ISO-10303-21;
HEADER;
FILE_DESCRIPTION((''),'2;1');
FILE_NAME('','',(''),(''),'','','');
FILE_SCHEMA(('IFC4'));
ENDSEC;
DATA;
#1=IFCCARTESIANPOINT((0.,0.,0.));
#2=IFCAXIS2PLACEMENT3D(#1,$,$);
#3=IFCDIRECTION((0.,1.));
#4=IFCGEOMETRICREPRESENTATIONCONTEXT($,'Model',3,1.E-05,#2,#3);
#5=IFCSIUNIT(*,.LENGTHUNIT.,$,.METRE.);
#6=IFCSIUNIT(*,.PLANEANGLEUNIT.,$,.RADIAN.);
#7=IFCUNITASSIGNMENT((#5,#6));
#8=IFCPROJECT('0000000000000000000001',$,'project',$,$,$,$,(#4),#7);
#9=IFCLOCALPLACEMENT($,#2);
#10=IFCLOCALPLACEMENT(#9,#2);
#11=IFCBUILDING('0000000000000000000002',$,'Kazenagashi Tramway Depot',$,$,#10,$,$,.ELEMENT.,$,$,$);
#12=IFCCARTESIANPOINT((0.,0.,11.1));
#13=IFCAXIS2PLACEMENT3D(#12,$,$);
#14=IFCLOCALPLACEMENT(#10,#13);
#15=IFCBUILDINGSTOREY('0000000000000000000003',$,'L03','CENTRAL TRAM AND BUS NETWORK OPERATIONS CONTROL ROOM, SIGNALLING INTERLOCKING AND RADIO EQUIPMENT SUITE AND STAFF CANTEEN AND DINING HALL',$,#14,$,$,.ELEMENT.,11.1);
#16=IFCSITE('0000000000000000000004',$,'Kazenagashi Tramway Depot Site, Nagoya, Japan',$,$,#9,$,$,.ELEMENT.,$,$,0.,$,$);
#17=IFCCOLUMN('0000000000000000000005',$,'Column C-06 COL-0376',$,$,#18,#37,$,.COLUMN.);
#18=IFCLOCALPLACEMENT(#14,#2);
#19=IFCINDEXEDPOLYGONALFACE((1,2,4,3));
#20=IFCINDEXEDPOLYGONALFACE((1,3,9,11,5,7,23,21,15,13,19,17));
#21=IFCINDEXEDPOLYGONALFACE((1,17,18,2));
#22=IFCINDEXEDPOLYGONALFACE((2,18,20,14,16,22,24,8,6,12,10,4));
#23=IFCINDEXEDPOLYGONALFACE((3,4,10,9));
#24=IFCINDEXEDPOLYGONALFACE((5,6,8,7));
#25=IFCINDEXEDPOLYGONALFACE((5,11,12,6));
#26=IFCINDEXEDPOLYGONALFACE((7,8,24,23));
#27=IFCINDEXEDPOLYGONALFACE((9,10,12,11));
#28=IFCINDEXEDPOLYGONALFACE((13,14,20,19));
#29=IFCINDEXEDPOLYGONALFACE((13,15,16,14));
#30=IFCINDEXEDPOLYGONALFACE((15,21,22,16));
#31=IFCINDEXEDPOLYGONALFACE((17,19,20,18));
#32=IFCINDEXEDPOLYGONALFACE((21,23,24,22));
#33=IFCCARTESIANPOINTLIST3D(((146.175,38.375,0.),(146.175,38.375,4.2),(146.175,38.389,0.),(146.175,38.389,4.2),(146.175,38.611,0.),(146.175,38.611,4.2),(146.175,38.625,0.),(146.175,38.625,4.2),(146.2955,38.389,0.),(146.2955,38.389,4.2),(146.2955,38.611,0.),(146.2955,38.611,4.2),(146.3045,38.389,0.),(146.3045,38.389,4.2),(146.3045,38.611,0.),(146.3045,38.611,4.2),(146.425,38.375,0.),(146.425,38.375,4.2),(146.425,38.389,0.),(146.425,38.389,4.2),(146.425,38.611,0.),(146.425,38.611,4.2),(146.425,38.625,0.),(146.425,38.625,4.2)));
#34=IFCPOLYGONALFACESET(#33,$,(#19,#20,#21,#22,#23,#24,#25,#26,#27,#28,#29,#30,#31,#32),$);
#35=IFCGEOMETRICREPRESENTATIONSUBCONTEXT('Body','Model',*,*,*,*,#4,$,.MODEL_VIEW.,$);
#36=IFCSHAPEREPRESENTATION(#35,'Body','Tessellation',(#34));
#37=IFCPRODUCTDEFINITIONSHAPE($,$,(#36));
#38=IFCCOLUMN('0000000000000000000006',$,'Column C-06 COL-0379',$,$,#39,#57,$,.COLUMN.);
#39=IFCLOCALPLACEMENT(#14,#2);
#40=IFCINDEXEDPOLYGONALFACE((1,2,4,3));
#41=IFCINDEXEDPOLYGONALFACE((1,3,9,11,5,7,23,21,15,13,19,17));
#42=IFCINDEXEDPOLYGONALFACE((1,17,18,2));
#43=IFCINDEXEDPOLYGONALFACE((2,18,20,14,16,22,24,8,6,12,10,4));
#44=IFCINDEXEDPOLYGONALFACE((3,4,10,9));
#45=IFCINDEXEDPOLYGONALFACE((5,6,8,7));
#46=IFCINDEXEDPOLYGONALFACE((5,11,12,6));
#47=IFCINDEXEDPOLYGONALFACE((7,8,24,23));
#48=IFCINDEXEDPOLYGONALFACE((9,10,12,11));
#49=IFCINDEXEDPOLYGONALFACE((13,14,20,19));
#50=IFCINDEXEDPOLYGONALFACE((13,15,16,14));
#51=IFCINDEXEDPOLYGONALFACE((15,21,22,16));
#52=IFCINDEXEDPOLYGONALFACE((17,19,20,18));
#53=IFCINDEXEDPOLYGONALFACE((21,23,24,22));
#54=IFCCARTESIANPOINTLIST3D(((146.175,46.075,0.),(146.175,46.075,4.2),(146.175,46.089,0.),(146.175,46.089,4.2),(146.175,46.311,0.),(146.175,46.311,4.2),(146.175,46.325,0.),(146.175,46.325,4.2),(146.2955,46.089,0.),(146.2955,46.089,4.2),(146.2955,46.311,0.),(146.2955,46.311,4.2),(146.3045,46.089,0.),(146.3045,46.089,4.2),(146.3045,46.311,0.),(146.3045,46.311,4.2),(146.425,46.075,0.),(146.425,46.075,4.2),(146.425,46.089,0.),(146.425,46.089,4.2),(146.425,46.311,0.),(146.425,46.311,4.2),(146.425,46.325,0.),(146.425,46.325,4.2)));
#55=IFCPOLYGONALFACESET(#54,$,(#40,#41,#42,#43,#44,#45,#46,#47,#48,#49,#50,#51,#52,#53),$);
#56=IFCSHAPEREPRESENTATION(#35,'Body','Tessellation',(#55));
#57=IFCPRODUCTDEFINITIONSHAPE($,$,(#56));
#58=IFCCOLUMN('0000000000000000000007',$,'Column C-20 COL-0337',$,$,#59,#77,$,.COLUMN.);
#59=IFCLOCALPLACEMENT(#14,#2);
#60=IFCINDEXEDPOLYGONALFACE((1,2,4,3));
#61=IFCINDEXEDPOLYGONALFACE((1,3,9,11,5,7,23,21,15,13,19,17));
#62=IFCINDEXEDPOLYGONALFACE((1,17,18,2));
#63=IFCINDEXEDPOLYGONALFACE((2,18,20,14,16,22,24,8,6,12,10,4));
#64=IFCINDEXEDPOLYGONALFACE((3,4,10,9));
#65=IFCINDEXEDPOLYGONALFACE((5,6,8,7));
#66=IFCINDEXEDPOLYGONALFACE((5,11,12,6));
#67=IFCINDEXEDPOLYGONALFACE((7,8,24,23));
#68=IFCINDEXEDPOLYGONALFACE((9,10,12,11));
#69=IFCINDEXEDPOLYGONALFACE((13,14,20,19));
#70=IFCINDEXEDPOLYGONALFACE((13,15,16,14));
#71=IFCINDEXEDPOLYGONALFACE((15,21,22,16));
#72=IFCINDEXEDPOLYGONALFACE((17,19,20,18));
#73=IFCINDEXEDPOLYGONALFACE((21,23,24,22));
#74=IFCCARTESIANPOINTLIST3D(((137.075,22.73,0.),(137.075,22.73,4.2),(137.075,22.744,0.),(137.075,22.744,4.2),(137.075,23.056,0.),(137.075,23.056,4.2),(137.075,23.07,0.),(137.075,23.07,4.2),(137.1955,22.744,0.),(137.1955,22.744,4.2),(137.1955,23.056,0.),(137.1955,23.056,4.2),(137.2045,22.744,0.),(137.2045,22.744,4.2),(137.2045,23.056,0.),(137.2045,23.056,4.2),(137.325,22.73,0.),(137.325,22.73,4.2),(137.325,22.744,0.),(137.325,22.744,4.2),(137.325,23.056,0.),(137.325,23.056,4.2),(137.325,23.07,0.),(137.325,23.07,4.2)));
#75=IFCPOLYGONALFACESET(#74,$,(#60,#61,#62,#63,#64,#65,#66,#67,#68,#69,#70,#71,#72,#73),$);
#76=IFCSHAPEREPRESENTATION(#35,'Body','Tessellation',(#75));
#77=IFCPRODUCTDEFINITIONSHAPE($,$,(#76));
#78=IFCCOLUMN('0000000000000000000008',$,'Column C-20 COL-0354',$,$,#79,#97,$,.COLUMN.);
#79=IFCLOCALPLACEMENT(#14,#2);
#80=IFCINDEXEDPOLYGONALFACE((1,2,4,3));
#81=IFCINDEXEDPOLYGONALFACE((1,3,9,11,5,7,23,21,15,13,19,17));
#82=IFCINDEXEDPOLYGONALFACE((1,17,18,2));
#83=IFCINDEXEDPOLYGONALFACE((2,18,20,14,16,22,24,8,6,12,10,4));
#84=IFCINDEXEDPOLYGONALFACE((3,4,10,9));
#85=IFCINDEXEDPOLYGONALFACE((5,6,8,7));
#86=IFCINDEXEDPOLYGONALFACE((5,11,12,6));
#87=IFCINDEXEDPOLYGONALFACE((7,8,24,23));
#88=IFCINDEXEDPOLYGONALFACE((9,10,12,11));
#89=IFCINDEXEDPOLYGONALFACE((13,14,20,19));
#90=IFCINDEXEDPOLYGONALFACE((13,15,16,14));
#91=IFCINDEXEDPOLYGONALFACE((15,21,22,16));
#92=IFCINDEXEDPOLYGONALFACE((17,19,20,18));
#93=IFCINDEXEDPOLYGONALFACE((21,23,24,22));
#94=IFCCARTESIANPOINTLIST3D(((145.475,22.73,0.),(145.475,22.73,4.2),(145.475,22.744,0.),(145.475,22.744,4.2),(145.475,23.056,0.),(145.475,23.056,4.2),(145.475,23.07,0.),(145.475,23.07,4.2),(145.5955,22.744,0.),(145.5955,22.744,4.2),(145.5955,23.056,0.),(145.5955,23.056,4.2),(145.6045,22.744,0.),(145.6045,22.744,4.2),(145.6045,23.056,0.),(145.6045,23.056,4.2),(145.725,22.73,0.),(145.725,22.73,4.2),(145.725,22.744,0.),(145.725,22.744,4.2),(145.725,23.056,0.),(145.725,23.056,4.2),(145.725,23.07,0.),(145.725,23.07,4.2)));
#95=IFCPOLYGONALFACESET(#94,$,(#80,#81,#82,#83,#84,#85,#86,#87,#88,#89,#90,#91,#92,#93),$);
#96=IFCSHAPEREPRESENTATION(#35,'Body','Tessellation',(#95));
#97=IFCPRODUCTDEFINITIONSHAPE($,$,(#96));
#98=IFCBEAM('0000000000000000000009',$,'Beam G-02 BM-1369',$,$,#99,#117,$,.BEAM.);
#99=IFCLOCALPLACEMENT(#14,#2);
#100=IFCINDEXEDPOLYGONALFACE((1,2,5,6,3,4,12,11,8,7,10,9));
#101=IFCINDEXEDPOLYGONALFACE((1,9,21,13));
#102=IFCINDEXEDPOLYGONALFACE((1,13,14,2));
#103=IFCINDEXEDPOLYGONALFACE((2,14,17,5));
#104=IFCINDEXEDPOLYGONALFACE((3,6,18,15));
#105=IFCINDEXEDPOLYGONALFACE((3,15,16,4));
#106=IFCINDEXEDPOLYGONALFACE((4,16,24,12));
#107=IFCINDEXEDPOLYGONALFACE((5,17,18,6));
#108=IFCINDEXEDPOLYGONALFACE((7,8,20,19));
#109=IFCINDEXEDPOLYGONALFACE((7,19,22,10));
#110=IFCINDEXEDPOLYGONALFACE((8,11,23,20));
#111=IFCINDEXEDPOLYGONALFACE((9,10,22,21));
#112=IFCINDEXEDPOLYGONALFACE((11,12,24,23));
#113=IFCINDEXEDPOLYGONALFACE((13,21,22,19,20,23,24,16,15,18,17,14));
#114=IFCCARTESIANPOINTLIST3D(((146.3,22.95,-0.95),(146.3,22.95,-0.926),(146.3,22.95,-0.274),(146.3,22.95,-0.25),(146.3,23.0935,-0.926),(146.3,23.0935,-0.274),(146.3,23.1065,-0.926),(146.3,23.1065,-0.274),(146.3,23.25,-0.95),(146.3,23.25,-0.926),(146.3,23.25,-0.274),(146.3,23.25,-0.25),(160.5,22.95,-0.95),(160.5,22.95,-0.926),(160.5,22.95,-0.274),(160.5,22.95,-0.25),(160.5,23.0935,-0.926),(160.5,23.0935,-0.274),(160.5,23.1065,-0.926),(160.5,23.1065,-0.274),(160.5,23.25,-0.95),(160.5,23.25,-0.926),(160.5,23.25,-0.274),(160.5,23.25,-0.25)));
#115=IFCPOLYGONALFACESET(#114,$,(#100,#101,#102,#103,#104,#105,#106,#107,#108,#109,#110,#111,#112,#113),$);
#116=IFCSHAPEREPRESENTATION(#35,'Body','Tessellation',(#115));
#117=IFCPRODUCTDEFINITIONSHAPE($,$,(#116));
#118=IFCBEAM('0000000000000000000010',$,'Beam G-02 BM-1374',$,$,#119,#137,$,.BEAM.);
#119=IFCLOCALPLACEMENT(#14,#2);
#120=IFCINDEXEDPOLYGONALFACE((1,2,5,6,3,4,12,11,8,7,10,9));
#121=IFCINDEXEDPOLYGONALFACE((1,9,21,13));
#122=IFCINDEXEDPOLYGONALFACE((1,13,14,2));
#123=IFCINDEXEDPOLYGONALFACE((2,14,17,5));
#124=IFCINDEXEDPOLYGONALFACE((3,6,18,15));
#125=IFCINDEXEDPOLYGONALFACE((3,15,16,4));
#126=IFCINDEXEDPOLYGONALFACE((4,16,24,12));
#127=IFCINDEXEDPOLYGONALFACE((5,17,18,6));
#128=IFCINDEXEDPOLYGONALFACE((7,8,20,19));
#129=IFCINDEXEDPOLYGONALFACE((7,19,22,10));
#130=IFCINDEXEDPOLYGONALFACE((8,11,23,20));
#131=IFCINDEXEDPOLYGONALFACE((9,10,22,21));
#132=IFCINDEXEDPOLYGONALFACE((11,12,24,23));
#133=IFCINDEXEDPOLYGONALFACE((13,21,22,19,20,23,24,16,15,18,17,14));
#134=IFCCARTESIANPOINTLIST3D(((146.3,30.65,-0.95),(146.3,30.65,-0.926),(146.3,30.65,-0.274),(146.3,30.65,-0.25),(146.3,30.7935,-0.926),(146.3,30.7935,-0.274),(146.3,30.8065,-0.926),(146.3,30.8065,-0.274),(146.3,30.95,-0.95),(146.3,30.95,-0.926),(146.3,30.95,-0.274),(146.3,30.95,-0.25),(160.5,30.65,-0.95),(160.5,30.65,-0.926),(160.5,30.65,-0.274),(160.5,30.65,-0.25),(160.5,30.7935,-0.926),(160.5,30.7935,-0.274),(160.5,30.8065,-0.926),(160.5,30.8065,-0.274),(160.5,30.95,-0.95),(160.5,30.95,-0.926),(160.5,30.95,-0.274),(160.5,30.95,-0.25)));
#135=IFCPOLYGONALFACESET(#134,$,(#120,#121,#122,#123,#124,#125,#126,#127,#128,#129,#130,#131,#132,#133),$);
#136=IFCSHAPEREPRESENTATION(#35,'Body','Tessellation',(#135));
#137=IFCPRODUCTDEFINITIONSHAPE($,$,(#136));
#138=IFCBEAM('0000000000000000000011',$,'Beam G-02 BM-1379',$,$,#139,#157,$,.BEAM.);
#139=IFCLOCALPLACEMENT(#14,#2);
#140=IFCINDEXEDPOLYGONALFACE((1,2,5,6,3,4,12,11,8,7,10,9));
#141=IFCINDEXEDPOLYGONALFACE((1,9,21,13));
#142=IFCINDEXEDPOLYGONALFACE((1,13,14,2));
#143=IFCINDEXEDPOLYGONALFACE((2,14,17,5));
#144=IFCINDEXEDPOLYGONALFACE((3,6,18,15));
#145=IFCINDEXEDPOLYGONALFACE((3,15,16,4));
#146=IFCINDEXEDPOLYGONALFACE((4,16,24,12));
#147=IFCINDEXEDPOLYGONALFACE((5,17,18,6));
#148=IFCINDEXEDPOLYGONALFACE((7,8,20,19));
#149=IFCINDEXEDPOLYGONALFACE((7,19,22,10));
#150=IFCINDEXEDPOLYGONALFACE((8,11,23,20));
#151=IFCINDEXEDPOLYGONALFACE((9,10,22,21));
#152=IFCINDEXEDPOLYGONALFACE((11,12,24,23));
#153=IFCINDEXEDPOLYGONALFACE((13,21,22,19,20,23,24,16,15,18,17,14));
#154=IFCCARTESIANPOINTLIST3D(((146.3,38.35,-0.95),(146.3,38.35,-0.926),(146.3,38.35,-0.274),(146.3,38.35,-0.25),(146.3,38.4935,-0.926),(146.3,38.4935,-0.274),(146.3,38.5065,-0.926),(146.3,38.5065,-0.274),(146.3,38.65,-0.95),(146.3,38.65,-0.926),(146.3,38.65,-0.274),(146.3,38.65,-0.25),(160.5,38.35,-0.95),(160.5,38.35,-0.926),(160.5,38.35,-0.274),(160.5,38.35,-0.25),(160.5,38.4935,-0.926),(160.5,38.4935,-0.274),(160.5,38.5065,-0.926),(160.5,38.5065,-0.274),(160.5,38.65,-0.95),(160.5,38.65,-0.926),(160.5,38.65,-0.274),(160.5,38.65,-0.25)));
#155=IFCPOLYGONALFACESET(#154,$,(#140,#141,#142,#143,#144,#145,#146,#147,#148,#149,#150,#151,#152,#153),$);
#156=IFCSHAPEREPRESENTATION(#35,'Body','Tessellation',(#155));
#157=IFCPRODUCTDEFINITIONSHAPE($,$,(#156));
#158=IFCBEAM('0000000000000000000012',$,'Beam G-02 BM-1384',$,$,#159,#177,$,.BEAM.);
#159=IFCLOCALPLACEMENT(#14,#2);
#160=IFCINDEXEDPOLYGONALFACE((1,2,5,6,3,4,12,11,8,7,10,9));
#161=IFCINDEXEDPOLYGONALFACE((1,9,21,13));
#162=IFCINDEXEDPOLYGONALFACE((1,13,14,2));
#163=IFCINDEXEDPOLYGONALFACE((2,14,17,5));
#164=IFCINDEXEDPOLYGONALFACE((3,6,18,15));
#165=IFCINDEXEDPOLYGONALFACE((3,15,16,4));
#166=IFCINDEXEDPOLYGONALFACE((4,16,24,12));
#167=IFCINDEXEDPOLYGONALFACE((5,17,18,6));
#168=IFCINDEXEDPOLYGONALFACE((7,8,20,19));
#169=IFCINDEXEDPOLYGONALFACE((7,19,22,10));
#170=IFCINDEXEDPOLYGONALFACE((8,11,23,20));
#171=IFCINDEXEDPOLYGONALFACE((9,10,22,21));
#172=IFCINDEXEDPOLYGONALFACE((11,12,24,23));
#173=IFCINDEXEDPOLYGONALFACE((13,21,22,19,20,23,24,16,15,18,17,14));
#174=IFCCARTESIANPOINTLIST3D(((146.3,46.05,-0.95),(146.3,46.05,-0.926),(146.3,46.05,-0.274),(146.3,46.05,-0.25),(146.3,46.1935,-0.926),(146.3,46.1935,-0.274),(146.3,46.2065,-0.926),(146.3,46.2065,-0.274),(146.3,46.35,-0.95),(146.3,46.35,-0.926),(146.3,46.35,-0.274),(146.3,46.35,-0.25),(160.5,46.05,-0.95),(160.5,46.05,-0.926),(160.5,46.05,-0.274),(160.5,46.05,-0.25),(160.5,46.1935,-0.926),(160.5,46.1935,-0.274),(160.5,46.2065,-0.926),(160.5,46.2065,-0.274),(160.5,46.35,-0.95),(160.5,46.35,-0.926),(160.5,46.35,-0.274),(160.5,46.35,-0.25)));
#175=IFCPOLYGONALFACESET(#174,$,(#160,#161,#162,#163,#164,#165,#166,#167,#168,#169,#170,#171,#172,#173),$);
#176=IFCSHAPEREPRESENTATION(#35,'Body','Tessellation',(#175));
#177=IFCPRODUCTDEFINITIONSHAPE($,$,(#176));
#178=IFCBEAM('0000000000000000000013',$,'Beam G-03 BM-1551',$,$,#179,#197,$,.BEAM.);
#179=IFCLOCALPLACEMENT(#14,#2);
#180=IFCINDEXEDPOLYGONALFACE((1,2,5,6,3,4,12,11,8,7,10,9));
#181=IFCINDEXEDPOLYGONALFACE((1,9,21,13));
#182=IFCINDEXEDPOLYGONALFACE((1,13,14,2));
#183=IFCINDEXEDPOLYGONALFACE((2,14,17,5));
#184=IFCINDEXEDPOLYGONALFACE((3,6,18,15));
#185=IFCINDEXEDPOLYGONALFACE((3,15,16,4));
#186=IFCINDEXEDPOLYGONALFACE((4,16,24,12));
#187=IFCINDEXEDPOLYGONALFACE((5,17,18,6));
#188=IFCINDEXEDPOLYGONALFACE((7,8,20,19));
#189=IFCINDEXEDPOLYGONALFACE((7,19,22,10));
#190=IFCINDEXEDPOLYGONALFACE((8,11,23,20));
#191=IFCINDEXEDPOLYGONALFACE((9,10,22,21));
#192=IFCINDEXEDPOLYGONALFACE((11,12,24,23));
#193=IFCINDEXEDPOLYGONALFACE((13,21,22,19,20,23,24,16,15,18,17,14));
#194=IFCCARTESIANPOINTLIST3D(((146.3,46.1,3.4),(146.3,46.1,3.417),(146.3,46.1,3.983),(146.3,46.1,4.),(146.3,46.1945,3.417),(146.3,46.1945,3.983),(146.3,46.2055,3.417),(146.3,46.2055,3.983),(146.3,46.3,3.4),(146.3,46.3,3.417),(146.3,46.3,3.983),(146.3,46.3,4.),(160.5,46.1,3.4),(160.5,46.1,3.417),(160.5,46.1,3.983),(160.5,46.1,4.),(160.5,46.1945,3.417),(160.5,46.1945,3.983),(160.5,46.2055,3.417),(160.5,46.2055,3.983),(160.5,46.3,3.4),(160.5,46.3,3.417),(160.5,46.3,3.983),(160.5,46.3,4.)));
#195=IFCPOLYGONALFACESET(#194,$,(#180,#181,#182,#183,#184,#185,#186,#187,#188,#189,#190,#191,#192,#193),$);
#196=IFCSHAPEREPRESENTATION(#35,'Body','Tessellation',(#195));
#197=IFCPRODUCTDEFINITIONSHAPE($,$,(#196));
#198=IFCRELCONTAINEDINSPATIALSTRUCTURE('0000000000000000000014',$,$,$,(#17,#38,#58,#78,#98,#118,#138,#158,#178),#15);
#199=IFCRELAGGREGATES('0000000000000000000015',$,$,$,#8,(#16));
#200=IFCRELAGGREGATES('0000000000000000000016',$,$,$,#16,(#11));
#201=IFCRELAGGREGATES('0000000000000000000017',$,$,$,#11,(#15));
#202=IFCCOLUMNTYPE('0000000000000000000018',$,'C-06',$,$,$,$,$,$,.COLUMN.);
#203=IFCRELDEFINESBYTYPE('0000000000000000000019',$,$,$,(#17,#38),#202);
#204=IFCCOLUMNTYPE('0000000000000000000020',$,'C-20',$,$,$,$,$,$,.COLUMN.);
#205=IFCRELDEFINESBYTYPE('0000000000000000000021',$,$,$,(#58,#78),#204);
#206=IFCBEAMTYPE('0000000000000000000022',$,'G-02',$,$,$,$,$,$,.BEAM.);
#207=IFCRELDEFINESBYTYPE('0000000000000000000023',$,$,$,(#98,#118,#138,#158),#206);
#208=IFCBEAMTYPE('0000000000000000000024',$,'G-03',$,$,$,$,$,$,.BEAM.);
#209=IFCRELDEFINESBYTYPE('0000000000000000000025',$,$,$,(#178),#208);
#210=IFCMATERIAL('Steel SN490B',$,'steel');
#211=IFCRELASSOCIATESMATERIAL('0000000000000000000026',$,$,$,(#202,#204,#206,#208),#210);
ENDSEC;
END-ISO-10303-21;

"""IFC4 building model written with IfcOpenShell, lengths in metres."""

from ifc_helpers import new_model, si_unit, direction, frame, origin, origin_2d, place, context, subcontext, project, spatial, i_section, extrude, material, material_profile, profile_set, type_object, element, save


model = new_model("IFC4")

# Units and contexts
model_context = context("Model", 3, precision=1e-05, world=origin(), true_north=direction((0.0, 1.0)))
body_context = subcontext(model_context, "Body", "Model", "MODEL_VIEW")
ifc_project = project(units=[si_unit("LENGTHUNIT", "METRE"), si_unit("PLANEANGLEUNIT", "RADIAN")], contexts=[model_context])

# Site, building, storey
site_placement = place(None, origin())
site = spatial("IfcSite", under=ifc_project, at=site_placement, Name="Kazenagashi Tramway Depot Site, Nagoya, Japan", CompositionType="ELEMENT", RefElevation=0.0)
building_placement = place(site_placement, origin())
building = spatial("IfcBuilding", under=site, at=building_placement, Name="Kazenagashi Tramway Depot", CompositionType="ELEMENT")
storey_placement = place(building_placement, frame((0.0, 0.0, 11.1)))
storey = spatial("IfcBuildingStorey", under=building, at=storey_placement, Name="L03", Description="CENTRAL TRAM AND BUS NETWORK OPERATIONS CONTROL ROOM, SIGNALLING INTERLOCKING AND RADIO EQUIPMENT SUITE AND STAFF CANTEEN AND DINING HALL", CompositionType="ELEMENT", Elevation=11.1)

# Columns
ifc_material_1 = material(Name="Steel SN490B", Category="steel")
ifc_material_profile_1 = material_profile(ifc_material_1, i_section(OverallWidth=0.25, OverallDepth=0.25, WebThickness=0.009, FlangeThickness=0.014, at=origin_2d()), Name="H-250x250x9x14")
ifc_profile_set_1 = profile_set([ifc_material_profile_1], Name="Steel SN490B")
column_type_1 = type_object("IfcColumnType", Name="C-06", PredefinedType="COLUMN", material=ifc_profile_set_1)
for number, where, z_axis, x_axis, name in (
    (1, (146.3, 38.5, 0.0), (0.0, 0.0, 1.0), (1.0, 0.0, 0.0), "Column C-06 COL-0376"),
    (2, (146.3, 46.2, 0.0), (0.0, 0.0, 1.0), (1.0, 0.0, 0.0), "Column C-06 COL-0379"),
):
    element("IfcColumn", number, at=place(storey_placement, frame(where, z_axis=z_axis, x_axis=x_axis)), inside=storey, type_object=column_type_1, Name=name, PredefinedType="COLUMN", context=body_context, shape_type="SweptSolid", body=[
        extrude(i_section(OverallWidth=0.25, OverallDepth=0.25, WebThickness=0.009, FlangeThickness=0.014, at=origin_2d()), origin(), (0.0, 0.0, 1.0), 4.2),
    ])
ifc_material_profile_2 = material_profile(ifc_material_1, i_section(OverallWidth=0.25, OverallDepth=0.34, WebThickness=0.009, FlangeThickness=0.014, at=origin_2d()), Name="H-340x250x9x14")
ifc_profile_set_2 = profile_set([ifc_material_profile_2], Name="Steel SN490B")
column_type_2 = type_object("IfcColumnType", Name="C-20", PredefinedType="COLUMN", material=ifc_profile_set_2)
for number, where, z_axis, x_axis, name in (
    (3, (137.2, 22.9, 0.0), (0.0, 0.0, 1.0), (1.0, 0.0, 0.0), "Column C-20 COL-0337"),
    (4, (145.6, 22.9, 0.0), (0.0, 0.0, 1.0), (1.0, 0.0, 0.0), "Column C-20 COL-0354"),
):
    element("IfcColumn", number, at=place(storey_placement, frame(where, z_axis=z_axis, x_axis=x_axis)), inside=storey, type_object=column_type_2, Name=name, PredefinedType="COLUMN", context=body_context, shape_type="SweptSolid", body=[
        extrude(i_section(OverallWidth=0.25, OverallDepth=0.34, WebThickness=0.009, FlangeThickness=0.014, at=origin_2d()), origin(), (0.0, 0.0, 1.0), 4.2),
    ])

# Beams
ifc_material_profile_3 = material_profile(ifc_material_1, i_section(OverallWidth=0.3, OverallDepth=0.7, WebThickness=0.013, FlangeThickness=0.024, at=origin_2d()), Name="H-700x300x13x24")
ifc_profile_set_3 = profile_set([ifc_material_profile_3], Name="Steel SN490B")
beam_type_1 = type_object("IfcBeamType", Name="G-02", PredefinedType="BEAM", material=ifc_profile_set_3)
for number, where, z_axis, x_axis, name in (
    (5, (146.3, 23.1, -0.6), (1.0, 0.0, 0.0), (0.0, 1.0, 0.0), "Beam G-02 BM-1369"),
    (6, (146.3, 30.8, -0.6), (1.0, 0.0, 0.0), (0.0, 1.0, 0.0), "Beam G-02 BM-1374"),
    (7, (146.3, 38.5, -0.6), (1.0, 0.0, 0.0), (0.0, 1.0, 0.0), "Beam G-02 BM-1379"),
    (8, (146.3, 46.2, -0.6), (1.0, 0.0, 0.0), (0.0, 1.0, 0.0), "Beam G-02 BM-1384"),
):
    element("IfcBeam", number, at=place(storey_placement, frame(where, z_axis=z_axis, x_axis=x_axis)), inside=storey, type_object=beam_type_1, Name=name, PredefinedType="BEAM", context=body_context, shape_type="SweptSolid", body=[
        extrude(i_section(OverallWidth=0.3, OverallDepth=0.7, WebThickness=0.013, FlangeThickness=0.024, at=origin_2d()), origin(), (0.0, 0.0, 1.0), 14.2),
    ])
ifc_material_profile_4 = material_profile(ifc_material_1, i_section(OverallWidth=0.2, OverallDepth=0.6, WebThickness=0.011, FlangeThickness=0.017, at=origin_2d()), Name="H-600x200x11x17")
ifc_profile_set_4 = profile_set([ifc_material_profile_4], Name="Steel SN490B")
beam_type_2 = type_object("IfcBeamType", Name="G-03", PredefinedType="BEAM", material=ifc_profile_set_4)
beam_1_placement = place(storey_placement, frame((146.3, 46.2, 3.7), z_axis=(1.0, 0.0, 0.0), x_axis=(0.0, 1.0, 0.0)))
element("IfcBeam", 9, at=beam_1_placement, inside=storey, type_object=beam_type_2, Name="Beam G-03 BM-1551", PredefinedType="BEAM", context=body_context, shape_type="SweptSolid", body=[
    extrude(i_section(OverallWidth=0.2, OverallDepth=0.6, WebThickness=0.011, FlangeThickness=0.017, at=origin_2d()), origin(), (0.0, 0.0, 1.0), 14.2),
])

save(model, "model.ifc")
